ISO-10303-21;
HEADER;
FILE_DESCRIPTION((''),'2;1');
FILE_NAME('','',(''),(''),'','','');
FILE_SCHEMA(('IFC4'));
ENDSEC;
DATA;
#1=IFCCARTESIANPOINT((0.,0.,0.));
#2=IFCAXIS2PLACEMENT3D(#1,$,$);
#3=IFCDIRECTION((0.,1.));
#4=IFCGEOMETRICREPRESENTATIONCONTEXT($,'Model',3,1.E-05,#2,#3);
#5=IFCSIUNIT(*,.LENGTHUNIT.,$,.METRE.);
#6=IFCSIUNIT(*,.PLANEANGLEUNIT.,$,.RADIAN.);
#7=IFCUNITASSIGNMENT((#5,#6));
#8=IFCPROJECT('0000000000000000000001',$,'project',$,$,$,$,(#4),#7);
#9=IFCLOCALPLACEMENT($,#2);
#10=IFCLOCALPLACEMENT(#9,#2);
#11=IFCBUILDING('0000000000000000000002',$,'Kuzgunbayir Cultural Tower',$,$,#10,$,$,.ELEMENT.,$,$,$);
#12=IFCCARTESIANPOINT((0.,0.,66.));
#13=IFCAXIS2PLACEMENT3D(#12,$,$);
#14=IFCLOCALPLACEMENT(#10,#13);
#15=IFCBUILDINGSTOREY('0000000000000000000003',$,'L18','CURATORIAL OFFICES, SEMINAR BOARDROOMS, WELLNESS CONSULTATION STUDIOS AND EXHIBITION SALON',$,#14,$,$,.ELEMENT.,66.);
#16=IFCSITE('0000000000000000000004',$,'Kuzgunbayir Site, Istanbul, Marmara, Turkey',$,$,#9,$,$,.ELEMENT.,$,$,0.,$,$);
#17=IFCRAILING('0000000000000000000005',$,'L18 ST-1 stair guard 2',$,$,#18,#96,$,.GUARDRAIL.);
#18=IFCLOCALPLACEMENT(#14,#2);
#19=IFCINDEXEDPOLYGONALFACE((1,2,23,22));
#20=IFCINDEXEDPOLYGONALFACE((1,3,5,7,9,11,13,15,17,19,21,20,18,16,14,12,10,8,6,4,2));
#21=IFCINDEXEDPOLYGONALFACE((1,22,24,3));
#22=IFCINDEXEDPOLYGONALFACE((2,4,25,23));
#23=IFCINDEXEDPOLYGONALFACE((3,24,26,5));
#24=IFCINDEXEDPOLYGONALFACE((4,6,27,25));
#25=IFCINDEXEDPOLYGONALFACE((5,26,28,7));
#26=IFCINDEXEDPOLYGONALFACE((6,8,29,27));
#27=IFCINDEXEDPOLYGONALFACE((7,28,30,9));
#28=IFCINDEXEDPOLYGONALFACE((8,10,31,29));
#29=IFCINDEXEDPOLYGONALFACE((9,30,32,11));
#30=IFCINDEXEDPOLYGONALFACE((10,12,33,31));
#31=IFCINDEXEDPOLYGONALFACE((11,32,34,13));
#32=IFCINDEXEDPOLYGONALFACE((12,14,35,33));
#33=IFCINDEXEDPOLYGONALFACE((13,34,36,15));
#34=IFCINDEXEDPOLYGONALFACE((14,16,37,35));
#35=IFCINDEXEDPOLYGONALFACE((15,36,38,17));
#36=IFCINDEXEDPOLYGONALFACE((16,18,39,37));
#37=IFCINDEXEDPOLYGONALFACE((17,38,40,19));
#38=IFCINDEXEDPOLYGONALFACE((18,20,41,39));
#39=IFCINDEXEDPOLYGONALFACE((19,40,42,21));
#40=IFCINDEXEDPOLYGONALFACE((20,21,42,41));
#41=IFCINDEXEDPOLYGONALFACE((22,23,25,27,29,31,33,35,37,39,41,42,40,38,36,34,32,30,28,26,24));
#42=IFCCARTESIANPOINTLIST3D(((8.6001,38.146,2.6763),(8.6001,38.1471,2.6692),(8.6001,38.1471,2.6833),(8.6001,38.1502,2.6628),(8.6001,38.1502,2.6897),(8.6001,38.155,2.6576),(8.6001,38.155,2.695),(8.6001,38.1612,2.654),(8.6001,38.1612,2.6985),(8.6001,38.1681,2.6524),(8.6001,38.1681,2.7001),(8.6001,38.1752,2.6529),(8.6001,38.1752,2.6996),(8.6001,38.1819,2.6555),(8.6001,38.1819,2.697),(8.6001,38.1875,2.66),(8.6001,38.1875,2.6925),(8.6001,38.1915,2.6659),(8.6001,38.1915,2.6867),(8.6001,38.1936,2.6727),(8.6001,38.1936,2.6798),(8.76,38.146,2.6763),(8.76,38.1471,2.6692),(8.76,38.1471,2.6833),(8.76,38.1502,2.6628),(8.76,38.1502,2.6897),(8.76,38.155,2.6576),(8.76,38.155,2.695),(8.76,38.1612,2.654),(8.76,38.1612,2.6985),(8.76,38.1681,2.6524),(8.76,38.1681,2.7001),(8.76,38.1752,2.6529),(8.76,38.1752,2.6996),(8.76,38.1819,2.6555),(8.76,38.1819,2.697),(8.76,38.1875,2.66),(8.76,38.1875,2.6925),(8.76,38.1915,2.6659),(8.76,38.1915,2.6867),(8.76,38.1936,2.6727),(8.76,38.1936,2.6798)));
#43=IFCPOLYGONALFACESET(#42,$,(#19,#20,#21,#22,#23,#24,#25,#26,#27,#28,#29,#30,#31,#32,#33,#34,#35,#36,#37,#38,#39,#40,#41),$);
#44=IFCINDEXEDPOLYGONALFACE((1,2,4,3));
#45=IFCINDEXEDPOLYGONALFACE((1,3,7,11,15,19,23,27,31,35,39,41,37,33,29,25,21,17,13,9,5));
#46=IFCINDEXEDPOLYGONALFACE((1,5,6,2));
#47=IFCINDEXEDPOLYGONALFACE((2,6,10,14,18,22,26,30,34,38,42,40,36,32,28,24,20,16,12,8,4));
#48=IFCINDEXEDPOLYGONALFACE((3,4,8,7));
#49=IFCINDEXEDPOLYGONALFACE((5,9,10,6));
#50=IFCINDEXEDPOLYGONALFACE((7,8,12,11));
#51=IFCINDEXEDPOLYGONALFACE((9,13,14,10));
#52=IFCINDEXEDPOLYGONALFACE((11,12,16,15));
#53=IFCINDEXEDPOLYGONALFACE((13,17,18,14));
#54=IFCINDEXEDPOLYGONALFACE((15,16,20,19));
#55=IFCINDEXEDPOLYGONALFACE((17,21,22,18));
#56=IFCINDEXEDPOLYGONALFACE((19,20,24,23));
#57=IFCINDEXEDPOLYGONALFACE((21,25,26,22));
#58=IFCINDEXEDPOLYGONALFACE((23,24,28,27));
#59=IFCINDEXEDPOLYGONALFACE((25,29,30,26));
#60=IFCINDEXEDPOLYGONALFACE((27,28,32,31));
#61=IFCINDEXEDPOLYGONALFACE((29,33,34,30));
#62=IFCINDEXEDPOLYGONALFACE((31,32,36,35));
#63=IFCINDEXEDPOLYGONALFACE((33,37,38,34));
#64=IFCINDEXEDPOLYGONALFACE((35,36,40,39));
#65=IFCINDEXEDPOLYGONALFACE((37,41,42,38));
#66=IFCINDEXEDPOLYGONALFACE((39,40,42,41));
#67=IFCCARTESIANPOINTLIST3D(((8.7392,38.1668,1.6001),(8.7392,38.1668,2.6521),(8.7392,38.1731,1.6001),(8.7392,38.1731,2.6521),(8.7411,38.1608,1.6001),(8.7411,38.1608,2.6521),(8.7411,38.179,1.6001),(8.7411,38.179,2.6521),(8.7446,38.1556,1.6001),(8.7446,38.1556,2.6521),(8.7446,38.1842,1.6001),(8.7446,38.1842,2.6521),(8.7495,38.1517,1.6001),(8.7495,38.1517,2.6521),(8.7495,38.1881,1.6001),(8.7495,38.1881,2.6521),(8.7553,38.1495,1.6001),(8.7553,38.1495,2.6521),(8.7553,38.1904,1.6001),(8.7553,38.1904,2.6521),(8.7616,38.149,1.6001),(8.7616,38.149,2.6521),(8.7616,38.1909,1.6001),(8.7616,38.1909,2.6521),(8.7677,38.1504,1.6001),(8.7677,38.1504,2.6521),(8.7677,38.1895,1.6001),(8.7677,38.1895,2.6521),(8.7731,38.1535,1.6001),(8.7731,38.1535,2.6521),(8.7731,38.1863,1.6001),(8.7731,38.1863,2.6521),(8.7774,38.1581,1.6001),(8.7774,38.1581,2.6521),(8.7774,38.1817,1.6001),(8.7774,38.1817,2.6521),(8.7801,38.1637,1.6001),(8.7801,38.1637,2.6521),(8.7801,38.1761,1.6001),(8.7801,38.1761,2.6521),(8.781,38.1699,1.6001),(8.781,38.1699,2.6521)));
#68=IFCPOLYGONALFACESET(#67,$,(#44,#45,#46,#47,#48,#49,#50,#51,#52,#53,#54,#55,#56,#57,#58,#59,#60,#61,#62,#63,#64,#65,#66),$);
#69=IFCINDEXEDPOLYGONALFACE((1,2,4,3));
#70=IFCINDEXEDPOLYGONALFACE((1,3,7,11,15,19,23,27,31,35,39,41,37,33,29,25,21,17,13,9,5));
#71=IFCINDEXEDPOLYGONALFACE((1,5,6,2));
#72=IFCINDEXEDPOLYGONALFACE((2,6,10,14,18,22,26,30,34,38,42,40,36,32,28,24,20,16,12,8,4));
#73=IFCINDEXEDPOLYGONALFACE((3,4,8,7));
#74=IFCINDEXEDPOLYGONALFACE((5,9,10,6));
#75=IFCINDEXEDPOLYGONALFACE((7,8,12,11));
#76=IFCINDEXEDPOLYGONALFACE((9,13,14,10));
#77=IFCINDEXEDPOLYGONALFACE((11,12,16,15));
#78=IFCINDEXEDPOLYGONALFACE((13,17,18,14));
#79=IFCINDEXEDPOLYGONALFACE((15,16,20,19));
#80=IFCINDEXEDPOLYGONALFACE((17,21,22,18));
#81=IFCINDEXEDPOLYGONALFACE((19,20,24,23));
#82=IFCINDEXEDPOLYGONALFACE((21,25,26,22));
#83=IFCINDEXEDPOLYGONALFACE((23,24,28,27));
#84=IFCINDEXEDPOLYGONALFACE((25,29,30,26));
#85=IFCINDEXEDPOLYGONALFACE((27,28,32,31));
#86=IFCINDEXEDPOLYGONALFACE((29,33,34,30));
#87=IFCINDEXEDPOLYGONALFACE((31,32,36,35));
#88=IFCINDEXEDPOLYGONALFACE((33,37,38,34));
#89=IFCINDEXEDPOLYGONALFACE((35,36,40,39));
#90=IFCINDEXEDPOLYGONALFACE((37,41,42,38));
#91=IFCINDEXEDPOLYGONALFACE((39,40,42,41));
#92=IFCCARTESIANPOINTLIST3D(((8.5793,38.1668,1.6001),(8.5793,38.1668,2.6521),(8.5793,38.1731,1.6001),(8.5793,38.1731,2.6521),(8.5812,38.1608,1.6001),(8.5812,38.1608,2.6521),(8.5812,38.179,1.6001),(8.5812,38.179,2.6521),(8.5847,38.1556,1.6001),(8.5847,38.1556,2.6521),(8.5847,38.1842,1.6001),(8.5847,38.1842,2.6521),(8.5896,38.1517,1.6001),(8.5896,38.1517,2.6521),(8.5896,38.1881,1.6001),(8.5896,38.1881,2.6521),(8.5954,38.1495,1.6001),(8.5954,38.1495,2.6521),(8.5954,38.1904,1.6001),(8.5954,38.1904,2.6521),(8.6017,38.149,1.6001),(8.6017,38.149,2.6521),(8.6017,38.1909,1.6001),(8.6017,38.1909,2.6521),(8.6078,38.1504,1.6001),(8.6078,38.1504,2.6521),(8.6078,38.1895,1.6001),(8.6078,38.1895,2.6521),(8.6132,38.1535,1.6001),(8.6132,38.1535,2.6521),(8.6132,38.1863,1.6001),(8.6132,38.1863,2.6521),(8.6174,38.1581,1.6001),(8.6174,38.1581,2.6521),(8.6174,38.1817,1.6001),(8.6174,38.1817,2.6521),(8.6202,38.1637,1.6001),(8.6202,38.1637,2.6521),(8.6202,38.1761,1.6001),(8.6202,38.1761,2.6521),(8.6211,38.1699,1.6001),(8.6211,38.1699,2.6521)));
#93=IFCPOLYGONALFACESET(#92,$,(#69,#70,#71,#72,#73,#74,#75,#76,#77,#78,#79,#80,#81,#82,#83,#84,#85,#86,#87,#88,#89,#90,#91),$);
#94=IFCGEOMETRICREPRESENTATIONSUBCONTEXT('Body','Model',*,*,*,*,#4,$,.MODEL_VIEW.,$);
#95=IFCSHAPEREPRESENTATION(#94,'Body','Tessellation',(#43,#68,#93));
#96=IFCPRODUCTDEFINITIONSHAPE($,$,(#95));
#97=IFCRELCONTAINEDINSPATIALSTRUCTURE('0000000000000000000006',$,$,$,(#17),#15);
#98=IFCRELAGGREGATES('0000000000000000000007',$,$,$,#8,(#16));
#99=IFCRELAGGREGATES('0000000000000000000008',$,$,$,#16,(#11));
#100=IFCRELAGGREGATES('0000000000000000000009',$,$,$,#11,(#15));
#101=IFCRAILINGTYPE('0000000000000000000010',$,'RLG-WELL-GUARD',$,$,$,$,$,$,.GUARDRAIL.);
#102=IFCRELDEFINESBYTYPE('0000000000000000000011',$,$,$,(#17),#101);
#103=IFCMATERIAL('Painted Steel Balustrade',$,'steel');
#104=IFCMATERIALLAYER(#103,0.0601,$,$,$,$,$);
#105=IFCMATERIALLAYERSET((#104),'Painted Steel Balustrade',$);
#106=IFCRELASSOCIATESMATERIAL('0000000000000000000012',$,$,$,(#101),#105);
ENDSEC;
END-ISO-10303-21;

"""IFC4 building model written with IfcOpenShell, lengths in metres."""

from ifc_helpers import new_model, si_unit, direction, frame, origin, origin_2d, place, context, subcontext, project, spatial, circle, extrude, material, layer, layer_set, type_object, element, save


model = new_model("IFC4")

# Units and contexts
model_context = context("Model", 3, precision=1e-05, world=origin(), true_north=direction((0.0, 1.0)))
body_context = subcontext(model_context, "Body", "Model", "MODEL_VIEW")
ifc_project = project(units=[si_unit("LENGTHUNIT", "METRE"), si_unit("PLANEANGLEUNIT", "RADIAN")], contexts=[model_context])

# Site, building, storey
site_placement = place(None, origin())
site = spatial("IfcSite", under=ifc_project, at=site_placement, Name="Kuzgunbayir Site, Istanbul, Marmara, Turkey", CompositionType="ELEMENT", RefElevation=0.0)
building_placement = place(site_placement, origin())
building = spatial("IfcBuilding", under=site, at=building_placement, Name="Kuzgunbayir Cultural Tower", CompositionType="ELEMENT")
storey_placement = place(building_placement, frame((0.0, 0.0, 66.0)))
storey = spatial("IfcBuildingStorey", under=building, at=storey_placement, Name="L18", Description="CURATORIAL OFFICES, SEMINAR BOARDROOMS, WELLNESS CONSULTATION STUDIOS AND EXHIBITION SALON", CompositionType="ELEMENT", Elevation=66.0)

# Railing
ifc_material_1 = material(Name="Painted Steel Balustrade", Category="steel")
ifc_layer_1 = layer(ifc_material_1, 0.0601)
ifc_layer_set_1 = layer_set([ifc_layer_1], Name="Painted Steel Balustrade")
railing_type_1 = type_object("IfcRailingType", Name="RLG-WELL-GUARD", PredefinedType="GUARDRAIL", material=ifc_layer_set_1)
railing_1_placement = place(storey_placement, frame((8.76, 38.1699, 1.6001)))
element("IfcRailing", 1, at=railing_1_placement, inside=storey, type_object=railing_type_1, Name="L18 ST-1 stair guard 2", PredefinedType="GUARDRAIL", context=body_context, shape_type="SweptSolid", body=[
    extrude(circle(Radius=0.0239, at=origin_2d()), frame((0.0, 0.0, 1.0762), z_axis=(-1.0, 0.0, 0.0), x_axis=(0.0, -1.0, 0.0)), (0.0, 0.0, 1.0), 0.1599),
    extrude(circle(Radius=0.021, at=origin_2d()), origin(), (0.0, 0.0, 1.0), 1.052),
    extrude(circle(Radius=0.021, at=origin_2d()), frame((-0.1599, 0.0, 0.0)), (0.0, 0.0, 1.0), 1.052),
])

save(model, "model.ifc")
